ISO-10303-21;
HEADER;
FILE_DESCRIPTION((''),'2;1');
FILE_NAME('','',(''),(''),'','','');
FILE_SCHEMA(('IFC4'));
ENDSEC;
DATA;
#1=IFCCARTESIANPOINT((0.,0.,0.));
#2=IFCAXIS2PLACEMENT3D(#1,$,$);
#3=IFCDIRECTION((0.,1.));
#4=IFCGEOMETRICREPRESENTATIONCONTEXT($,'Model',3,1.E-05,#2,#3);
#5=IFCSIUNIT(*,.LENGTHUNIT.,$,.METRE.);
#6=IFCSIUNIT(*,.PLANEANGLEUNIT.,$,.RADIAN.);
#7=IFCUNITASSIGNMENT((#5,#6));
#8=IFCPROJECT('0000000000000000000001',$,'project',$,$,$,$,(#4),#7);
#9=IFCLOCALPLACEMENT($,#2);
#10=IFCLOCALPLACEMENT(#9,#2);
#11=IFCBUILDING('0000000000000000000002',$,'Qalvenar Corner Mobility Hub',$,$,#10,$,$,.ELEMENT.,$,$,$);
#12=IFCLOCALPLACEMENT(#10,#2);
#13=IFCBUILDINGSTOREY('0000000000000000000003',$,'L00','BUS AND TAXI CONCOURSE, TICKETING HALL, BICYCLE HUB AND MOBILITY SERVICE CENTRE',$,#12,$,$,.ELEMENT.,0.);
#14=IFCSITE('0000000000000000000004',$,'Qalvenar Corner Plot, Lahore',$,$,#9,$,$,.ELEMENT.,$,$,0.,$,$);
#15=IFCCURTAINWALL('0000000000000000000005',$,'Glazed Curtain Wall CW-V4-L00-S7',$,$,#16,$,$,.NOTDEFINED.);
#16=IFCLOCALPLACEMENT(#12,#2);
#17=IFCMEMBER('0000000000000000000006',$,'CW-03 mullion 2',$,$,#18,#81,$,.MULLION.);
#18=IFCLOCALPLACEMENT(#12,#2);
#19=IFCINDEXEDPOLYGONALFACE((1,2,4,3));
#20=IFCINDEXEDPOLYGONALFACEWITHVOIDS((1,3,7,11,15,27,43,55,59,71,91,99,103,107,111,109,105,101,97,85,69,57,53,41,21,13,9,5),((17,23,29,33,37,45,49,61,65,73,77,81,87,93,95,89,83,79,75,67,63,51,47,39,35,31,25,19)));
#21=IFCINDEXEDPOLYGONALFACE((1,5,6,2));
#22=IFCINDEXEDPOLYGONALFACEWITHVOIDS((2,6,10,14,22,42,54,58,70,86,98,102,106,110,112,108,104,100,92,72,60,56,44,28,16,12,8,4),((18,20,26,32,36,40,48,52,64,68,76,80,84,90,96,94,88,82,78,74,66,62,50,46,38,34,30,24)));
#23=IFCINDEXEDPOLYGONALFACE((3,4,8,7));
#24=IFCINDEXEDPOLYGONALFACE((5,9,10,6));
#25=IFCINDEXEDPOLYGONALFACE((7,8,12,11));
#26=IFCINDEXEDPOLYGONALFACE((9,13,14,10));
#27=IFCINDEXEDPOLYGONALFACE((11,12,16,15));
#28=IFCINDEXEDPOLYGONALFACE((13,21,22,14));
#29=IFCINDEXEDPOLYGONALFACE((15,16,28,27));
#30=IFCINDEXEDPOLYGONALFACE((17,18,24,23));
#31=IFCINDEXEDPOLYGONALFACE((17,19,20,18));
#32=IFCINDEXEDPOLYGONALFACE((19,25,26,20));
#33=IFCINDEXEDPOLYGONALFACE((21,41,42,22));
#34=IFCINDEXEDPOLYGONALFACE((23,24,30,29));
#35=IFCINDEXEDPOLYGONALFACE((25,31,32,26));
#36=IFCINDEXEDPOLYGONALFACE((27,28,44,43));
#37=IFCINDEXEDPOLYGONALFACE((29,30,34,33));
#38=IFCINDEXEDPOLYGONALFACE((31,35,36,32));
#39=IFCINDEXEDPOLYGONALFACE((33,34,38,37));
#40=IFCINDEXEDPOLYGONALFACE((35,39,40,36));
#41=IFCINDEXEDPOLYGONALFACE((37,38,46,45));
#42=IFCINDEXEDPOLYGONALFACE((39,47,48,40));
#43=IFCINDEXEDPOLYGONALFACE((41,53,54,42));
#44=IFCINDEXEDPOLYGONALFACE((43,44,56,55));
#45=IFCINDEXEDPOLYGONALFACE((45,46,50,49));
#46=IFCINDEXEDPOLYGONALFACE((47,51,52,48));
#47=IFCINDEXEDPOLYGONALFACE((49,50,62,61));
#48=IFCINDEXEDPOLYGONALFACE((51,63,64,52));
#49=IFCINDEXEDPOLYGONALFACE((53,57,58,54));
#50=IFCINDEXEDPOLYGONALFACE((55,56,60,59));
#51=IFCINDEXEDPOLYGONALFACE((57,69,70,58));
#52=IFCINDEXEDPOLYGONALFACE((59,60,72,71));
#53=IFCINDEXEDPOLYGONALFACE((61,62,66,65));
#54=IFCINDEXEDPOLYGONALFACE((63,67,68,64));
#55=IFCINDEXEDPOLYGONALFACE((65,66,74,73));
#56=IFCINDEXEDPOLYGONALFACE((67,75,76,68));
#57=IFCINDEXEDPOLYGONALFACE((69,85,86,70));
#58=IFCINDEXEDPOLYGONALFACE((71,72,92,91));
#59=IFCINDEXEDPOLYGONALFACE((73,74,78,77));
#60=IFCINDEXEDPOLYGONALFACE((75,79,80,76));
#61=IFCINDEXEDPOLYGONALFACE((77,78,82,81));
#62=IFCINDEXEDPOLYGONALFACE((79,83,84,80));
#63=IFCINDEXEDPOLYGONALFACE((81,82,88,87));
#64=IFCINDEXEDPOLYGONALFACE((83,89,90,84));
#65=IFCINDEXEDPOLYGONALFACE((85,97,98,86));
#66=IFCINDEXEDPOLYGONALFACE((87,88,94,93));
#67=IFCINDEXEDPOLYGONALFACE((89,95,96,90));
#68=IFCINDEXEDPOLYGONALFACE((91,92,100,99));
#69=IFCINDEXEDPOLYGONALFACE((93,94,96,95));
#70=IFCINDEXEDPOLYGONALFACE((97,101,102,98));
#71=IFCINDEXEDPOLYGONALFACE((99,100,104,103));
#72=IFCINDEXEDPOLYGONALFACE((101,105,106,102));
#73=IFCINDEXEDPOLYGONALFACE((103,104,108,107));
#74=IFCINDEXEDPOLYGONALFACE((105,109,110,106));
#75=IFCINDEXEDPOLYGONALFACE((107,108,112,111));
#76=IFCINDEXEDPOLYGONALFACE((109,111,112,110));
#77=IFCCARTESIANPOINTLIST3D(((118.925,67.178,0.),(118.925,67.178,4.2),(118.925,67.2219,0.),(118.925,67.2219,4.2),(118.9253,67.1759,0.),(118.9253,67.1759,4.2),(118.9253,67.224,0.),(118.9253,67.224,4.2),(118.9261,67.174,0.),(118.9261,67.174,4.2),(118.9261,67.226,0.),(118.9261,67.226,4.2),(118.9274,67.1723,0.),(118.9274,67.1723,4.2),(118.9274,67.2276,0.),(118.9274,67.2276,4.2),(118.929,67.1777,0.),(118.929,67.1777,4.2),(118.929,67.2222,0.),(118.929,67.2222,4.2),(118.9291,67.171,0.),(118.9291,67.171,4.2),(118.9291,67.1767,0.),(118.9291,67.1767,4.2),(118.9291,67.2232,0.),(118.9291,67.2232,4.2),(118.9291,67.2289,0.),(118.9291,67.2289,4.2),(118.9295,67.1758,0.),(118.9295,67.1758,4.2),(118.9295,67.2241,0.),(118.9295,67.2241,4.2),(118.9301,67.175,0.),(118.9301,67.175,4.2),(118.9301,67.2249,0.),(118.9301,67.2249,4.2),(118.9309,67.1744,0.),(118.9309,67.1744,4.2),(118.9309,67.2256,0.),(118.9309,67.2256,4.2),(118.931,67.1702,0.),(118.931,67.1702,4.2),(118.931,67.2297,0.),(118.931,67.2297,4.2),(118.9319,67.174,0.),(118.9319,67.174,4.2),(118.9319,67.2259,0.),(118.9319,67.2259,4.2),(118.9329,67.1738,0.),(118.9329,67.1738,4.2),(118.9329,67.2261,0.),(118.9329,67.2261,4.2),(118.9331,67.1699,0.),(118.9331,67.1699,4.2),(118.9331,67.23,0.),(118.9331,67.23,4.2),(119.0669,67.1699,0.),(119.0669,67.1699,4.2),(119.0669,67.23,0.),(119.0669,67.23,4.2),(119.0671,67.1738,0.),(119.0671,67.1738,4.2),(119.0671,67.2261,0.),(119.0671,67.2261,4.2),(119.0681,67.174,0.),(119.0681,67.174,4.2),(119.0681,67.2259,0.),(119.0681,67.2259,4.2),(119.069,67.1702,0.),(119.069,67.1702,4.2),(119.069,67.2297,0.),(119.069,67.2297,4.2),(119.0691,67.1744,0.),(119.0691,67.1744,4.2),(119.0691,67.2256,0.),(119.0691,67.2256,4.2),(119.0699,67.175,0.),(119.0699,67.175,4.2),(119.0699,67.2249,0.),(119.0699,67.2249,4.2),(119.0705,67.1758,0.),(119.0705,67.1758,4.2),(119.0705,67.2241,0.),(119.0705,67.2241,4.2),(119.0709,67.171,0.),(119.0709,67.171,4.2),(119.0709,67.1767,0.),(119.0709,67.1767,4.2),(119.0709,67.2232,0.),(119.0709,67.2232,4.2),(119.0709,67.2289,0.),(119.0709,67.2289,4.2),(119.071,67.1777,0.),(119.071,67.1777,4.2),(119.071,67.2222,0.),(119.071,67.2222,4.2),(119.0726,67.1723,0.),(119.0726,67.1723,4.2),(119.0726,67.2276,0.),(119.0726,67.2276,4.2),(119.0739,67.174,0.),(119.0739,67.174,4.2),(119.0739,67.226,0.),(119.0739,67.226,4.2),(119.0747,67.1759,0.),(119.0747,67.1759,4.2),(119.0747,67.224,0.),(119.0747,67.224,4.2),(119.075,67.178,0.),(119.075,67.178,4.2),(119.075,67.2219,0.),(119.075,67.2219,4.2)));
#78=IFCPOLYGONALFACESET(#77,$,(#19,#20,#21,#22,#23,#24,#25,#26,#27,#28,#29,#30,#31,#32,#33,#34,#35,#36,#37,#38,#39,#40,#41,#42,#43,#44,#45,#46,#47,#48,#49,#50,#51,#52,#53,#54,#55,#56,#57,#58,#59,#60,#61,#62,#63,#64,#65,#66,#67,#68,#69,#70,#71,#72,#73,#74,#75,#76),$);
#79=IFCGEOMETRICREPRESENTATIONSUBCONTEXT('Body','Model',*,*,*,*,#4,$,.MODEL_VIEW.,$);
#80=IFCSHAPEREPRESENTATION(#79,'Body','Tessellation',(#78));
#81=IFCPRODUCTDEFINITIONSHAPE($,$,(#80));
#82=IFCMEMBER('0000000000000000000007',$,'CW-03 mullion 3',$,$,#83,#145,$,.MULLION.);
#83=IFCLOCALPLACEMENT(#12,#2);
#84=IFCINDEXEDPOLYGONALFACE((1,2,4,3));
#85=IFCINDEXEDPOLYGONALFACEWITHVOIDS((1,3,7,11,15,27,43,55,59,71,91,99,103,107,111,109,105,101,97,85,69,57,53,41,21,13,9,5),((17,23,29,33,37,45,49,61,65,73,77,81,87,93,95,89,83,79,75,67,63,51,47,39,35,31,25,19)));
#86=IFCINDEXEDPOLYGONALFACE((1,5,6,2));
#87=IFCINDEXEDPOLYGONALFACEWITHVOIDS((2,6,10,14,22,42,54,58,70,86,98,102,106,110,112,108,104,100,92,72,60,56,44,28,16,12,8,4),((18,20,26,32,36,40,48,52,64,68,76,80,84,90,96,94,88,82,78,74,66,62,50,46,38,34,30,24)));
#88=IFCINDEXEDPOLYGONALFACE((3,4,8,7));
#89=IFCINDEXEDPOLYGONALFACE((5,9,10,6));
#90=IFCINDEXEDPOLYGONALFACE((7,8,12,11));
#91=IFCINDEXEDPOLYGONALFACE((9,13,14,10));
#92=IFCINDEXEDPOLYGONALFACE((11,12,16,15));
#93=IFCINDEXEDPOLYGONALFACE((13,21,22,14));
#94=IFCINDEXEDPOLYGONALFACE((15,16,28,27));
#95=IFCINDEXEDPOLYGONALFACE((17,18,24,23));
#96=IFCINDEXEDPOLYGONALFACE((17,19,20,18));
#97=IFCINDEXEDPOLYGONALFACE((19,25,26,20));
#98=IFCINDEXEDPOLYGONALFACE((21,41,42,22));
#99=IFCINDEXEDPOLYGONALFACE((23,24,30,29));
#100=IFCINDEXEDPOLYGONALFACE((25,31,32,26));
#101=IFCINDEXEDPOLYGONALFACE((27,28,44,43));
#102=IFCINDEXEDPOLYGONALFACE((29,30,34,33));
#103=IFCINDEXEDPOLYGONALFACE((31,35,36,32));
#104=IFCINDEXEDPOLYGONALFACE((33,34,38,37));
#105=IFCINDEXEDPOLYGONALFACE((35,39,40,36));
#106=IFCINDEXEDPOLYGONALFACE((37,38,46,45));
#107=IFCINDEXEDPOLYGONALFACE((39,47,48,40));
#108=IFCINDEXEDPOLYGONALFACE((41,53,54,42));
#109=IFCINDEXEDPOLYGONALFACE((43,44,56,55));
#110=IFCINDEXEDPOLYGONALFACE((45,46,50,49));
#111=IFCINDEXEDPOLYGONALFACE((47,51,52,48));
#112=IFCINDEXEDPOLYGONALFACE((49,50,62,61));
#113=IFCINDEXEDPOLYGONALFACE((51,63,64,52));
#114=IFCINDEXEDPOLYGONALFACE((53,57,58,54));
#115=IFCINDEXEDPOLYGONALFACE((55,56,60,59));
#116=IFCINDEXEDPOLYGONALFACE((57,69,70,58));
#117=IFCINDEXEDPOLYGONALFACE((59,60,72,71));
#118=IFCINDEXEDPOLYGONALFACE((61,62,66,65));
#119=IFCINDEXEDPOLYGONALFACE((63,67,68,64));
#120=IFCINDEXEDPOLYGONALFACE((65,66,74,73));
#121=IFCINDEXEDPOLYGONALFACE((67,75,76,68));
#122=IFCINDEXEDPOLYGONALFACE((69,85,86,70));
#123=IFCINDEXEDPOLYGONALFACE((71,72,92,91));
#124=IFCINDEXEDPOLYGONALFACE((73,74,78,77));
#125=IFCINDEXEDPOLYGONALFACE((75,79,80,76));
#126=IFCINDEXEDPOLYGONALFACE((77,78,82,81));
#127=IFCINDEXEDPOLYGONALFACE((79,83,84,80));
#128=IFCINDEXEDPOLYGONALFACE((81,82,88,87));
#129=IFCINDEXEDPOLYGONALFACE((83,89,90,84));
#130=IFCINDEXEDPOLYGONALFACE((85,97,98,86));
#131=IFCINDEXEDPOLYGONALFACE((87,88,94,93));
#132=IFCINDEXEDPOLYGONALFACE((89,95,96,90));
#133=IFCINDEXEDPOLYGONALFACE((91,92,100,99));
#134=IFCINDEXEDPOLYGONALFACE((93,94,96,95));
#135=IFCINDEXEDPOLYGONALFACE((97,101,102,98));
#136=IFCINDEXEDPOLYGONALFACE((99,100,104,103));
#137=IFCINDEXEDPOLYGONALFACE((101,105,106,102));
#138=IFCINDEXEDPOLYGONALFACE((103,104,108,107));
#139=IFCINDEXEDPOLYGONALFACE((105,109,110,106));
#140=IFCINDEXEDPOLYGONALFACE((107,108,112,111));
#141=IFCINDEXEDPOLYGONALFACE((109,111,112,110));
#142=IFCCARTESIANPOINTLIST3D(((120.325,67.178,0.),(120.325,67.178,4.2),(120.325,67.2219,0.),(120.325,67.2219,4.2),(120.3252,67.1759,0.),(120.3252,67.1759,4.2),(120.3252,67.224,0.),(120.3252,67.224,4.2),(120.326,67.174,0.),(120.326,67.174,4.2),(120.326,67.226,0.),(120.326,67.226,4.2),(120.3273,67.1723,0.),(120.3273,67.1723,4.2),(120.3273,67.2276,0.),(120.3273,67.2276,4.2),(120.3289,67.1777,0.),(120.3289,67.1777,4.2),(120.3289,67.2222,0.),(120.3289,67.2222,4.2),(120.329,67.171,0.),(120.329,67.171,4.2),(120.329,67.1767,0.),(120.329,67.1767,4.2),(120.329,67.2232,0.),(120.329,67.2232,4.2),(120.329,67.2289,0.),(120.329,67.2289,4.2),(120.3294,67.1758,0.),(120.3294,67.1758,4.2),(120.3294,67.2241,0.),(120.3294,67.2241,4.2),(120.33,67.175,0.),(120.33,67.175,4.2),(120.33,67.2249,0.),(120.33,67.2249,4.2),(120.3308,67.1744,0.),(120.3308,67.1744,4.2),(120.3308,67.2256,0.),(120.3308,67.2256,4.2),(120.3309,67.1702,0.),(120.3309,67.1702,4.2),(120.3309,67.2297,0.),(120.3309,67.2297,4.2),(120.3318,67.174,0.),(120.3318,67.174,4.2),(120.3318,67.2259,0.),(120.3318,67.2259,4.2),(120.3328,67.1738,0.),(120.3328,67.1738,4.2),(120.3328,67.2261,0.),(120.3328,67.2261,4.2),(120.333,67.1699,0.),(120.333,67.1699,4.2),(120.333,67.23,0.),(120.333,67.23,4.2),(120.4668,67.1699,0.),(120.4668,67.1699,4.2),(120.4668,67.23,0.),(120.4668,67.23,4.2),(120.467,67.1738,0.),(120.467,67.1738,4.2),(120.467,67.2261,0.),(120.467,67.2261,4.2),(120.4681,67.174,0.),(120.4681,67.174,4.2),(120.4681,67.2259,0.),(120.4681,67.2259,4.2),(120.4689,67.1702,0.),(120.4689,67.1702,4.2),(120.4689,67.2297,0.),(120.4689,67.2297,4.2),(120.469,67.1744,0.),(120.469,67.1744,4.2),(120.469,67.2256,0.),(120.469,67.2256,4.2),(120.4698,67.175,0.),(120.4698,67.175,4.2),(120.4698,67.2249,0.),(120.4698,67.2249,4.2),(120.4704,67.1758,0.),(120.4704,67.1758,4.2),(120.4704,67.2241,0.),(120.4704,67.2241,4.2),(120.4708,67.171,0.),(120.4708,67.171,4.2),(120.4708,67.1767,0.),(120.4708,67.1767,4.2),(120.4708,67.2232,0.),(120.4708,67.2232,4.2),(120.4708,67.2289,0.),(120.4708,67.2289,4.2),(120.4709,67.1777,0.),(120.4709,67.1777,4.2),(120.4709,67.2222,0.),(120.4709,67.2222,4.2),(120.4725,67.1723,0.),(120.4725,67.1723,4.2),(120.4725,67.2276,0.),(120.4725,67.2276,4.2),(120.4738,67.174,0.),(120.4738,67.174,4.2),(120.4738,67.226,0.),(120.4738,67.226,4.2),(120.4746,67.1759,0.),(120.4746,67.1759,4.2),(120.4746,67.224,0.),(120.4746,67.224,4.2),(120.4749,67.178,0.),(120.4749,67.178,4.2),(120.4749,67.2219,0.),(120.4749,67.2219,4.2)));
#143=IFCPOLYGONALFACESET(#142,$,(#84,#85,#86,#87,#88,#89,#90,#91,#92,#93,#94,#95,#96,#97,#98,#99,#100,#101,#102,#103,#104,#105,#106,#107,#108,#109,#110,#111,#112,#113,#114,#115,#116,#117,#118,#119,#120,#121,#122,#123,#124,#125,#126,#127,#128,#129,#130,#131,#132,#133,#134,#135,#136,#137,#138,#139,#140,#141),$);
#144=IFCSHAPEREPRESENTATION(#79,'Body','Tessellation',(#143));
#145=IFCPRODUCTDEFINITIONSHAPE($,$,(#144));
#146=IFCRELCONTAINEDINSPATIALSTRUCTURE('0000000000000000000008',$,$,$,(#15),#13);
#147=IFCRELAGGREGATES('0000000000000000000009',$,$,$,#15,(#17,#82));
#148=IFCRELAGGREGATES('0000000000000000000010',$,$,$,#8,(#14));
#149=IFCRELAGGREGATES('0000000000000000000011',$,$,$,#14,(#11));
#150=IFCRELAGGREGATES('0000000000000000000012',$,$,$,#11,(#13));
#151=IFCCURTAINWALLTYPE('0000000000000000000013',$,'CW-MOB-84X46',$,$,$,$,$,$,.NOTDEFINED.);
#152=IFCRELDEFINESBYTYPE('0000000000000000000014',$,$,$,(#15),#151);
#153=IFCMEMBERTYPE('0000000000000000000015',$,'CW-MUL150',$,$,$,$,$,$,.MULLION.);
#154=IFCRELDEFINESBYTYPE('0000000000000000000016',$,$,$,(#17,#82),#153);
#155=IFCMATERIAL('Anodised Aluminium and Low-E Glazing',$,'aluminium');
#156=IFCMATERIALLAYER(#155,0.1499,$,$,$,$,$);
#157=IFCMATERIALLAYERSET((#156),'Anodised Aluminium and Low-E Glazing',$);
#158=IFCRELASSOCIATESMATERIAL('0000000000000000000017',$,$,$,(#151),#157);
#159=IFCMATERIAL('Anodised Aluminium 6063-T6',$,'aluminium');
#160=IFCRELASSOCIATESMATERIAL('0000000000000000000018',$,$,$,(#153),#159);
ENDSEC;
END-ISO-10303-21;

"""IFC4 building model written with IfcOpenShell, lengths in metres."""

from ifc_helpers import new_model, si_unit, direction, frame, origin, origin_2d, place, context, subcontext, project, spatial, hollow_rectangle, extrude, material, layer, layer_set, material_profile, profile_set, type_object, element, aggregate, save


model = new_model("IFC4")

# Units and contexts
model_context = context("Model", 3, precision=1e-05, world=origin(), true_north=direction((0.0, 1.0)))
body_context = subcontext(model_context, "Body", "Model", "MODEL_VIEW")
ifc_project = project(units=[si_unit("LENGTHUNIT", "METRE"), si_unit("PLANEANGLEUNIT", "RADIAN")], contexts=[model_context])

# Site, building, storey
site_placement = place(None, origin())
site = spatial("IfcSite", under=ifc_project, at=site_placement, Name="Qalvenar Corner Plot, Lahore", CompositionType="ELEMENT", RefElevation=0.0)
building_placement = place(site_placement, origin())
building = spatial("IfcBuilding", under=site, at=building_placement, Name="Qalvenar Corner Mobility Hub", CompositionType="ELEMENT")
storey_placement = place(building_placement, origin())
storey = spatial("IfcBuildingStorey", under=building, at=storey_placement, Name="L00", Description="BUS AND TAXI CONCOURSE, TICKETING HALL, BICYCLE HUB AND MOBILITY SERVICE CENTRE", CompositionType="ELEMENT", Elevation=0.0)

# Shared definitions
ifc_material_1 = material(Name="Anodised Aluminium and Low-E Glazing", Category="aluminium")
ifc_layer_1 = layer(ifc_material_1, 0.1499)
ifc_layer_set_1 = layer_set([ifc_layer_1], Name="Anodised Aluminium and Low-E Glazing")
curtain_wall_type = type_object("IfcCurtainWallType", Name="CW-MOB-84X46", PredefinedType="NOTDEFINED", material=ifc_layer_set_1)
ifc_material_2 = material(Name="Anodised Aluminium 6063-T6", Category="aluminium")
ifc_material_profile_1 = material_profile(ifc_material_2, hollow_rectangle(XDim=0.0601, YDim=0.1499, WallThickness=0.0039, InnerFilletRadius=0.0039, OuterFilletRadius=0.0081, at=origin_2d()), Name="RHS150x60x4")
ifc_profile_set_1 = profile_set([ifc_material_profile_1], Name="Anodised Aluminium 6063-T6")
member_type_1 = type_object("IfcMemberType", Name="CW-MUL150", PredefinedType="MULLION", material=ifc_profile_set_1)

# Curtain wall, members
curtain_wall_1_placement = place(storey_placement, origin())
curtain_wall_1 = element("IfcCurtainWall", 1, at=curtain_wall_1_placement, inside=storey, type_object=curtain_wall_type, Name="Glazed Curtain Wall CW-V4-L00-S7", PredefinedType="NOTDEFINED")
member_1_placement = place(storey_placement, frame((119.0, 67.2, 0.0), z_axis=(0.0, 0.0, 1.0), x_axis=(0.0, 1.0, 0.0)))
member_1 = element("IfcMember", 2, at=member_1_placement, type_object=member_type_1, Name="CW-03 mullion 2", PredefinedType="MULLION", context=body_context, shape_type="SweptSolid", body=[
    extrude(hollow_rectangle(XDim=0.0601, YDim=0.1499, WallThickness=0.0039, InnerFilletRadius=0.0039, OuterFilletRadius=0.0081, at=origin_2d()), origin(), (0.0, 0.0, 1.0), 4.2),
])
member_2_placement = place(storey_placement, frame((120.3999, 67.2, 0.0), z_axis=(0.0, 0.0, 1.0), x_axis=(0.0, 1.0, 0.0)))
member_2 = element("IfcMember", 3, at=member_2_placement, type_object=member_type_1, Name="CW-03 mullion 3", PredefinedType="MULLION", context=body_context, shape_type="SweptSolid", body=[
    extrude(hollow_rectangle(XDim=0.0601, YDim=0.1499, WallThickness=0.0039, InnerFilletRadius=0.0039, OuterFilletRadius=0.0081, at=origin_2d()), origin(), (0.0, 0.0, 1.0), 4.2),
])
aggregate(curtain_wall_1, [member_1, member_2])

save(model, "model.ifc")
